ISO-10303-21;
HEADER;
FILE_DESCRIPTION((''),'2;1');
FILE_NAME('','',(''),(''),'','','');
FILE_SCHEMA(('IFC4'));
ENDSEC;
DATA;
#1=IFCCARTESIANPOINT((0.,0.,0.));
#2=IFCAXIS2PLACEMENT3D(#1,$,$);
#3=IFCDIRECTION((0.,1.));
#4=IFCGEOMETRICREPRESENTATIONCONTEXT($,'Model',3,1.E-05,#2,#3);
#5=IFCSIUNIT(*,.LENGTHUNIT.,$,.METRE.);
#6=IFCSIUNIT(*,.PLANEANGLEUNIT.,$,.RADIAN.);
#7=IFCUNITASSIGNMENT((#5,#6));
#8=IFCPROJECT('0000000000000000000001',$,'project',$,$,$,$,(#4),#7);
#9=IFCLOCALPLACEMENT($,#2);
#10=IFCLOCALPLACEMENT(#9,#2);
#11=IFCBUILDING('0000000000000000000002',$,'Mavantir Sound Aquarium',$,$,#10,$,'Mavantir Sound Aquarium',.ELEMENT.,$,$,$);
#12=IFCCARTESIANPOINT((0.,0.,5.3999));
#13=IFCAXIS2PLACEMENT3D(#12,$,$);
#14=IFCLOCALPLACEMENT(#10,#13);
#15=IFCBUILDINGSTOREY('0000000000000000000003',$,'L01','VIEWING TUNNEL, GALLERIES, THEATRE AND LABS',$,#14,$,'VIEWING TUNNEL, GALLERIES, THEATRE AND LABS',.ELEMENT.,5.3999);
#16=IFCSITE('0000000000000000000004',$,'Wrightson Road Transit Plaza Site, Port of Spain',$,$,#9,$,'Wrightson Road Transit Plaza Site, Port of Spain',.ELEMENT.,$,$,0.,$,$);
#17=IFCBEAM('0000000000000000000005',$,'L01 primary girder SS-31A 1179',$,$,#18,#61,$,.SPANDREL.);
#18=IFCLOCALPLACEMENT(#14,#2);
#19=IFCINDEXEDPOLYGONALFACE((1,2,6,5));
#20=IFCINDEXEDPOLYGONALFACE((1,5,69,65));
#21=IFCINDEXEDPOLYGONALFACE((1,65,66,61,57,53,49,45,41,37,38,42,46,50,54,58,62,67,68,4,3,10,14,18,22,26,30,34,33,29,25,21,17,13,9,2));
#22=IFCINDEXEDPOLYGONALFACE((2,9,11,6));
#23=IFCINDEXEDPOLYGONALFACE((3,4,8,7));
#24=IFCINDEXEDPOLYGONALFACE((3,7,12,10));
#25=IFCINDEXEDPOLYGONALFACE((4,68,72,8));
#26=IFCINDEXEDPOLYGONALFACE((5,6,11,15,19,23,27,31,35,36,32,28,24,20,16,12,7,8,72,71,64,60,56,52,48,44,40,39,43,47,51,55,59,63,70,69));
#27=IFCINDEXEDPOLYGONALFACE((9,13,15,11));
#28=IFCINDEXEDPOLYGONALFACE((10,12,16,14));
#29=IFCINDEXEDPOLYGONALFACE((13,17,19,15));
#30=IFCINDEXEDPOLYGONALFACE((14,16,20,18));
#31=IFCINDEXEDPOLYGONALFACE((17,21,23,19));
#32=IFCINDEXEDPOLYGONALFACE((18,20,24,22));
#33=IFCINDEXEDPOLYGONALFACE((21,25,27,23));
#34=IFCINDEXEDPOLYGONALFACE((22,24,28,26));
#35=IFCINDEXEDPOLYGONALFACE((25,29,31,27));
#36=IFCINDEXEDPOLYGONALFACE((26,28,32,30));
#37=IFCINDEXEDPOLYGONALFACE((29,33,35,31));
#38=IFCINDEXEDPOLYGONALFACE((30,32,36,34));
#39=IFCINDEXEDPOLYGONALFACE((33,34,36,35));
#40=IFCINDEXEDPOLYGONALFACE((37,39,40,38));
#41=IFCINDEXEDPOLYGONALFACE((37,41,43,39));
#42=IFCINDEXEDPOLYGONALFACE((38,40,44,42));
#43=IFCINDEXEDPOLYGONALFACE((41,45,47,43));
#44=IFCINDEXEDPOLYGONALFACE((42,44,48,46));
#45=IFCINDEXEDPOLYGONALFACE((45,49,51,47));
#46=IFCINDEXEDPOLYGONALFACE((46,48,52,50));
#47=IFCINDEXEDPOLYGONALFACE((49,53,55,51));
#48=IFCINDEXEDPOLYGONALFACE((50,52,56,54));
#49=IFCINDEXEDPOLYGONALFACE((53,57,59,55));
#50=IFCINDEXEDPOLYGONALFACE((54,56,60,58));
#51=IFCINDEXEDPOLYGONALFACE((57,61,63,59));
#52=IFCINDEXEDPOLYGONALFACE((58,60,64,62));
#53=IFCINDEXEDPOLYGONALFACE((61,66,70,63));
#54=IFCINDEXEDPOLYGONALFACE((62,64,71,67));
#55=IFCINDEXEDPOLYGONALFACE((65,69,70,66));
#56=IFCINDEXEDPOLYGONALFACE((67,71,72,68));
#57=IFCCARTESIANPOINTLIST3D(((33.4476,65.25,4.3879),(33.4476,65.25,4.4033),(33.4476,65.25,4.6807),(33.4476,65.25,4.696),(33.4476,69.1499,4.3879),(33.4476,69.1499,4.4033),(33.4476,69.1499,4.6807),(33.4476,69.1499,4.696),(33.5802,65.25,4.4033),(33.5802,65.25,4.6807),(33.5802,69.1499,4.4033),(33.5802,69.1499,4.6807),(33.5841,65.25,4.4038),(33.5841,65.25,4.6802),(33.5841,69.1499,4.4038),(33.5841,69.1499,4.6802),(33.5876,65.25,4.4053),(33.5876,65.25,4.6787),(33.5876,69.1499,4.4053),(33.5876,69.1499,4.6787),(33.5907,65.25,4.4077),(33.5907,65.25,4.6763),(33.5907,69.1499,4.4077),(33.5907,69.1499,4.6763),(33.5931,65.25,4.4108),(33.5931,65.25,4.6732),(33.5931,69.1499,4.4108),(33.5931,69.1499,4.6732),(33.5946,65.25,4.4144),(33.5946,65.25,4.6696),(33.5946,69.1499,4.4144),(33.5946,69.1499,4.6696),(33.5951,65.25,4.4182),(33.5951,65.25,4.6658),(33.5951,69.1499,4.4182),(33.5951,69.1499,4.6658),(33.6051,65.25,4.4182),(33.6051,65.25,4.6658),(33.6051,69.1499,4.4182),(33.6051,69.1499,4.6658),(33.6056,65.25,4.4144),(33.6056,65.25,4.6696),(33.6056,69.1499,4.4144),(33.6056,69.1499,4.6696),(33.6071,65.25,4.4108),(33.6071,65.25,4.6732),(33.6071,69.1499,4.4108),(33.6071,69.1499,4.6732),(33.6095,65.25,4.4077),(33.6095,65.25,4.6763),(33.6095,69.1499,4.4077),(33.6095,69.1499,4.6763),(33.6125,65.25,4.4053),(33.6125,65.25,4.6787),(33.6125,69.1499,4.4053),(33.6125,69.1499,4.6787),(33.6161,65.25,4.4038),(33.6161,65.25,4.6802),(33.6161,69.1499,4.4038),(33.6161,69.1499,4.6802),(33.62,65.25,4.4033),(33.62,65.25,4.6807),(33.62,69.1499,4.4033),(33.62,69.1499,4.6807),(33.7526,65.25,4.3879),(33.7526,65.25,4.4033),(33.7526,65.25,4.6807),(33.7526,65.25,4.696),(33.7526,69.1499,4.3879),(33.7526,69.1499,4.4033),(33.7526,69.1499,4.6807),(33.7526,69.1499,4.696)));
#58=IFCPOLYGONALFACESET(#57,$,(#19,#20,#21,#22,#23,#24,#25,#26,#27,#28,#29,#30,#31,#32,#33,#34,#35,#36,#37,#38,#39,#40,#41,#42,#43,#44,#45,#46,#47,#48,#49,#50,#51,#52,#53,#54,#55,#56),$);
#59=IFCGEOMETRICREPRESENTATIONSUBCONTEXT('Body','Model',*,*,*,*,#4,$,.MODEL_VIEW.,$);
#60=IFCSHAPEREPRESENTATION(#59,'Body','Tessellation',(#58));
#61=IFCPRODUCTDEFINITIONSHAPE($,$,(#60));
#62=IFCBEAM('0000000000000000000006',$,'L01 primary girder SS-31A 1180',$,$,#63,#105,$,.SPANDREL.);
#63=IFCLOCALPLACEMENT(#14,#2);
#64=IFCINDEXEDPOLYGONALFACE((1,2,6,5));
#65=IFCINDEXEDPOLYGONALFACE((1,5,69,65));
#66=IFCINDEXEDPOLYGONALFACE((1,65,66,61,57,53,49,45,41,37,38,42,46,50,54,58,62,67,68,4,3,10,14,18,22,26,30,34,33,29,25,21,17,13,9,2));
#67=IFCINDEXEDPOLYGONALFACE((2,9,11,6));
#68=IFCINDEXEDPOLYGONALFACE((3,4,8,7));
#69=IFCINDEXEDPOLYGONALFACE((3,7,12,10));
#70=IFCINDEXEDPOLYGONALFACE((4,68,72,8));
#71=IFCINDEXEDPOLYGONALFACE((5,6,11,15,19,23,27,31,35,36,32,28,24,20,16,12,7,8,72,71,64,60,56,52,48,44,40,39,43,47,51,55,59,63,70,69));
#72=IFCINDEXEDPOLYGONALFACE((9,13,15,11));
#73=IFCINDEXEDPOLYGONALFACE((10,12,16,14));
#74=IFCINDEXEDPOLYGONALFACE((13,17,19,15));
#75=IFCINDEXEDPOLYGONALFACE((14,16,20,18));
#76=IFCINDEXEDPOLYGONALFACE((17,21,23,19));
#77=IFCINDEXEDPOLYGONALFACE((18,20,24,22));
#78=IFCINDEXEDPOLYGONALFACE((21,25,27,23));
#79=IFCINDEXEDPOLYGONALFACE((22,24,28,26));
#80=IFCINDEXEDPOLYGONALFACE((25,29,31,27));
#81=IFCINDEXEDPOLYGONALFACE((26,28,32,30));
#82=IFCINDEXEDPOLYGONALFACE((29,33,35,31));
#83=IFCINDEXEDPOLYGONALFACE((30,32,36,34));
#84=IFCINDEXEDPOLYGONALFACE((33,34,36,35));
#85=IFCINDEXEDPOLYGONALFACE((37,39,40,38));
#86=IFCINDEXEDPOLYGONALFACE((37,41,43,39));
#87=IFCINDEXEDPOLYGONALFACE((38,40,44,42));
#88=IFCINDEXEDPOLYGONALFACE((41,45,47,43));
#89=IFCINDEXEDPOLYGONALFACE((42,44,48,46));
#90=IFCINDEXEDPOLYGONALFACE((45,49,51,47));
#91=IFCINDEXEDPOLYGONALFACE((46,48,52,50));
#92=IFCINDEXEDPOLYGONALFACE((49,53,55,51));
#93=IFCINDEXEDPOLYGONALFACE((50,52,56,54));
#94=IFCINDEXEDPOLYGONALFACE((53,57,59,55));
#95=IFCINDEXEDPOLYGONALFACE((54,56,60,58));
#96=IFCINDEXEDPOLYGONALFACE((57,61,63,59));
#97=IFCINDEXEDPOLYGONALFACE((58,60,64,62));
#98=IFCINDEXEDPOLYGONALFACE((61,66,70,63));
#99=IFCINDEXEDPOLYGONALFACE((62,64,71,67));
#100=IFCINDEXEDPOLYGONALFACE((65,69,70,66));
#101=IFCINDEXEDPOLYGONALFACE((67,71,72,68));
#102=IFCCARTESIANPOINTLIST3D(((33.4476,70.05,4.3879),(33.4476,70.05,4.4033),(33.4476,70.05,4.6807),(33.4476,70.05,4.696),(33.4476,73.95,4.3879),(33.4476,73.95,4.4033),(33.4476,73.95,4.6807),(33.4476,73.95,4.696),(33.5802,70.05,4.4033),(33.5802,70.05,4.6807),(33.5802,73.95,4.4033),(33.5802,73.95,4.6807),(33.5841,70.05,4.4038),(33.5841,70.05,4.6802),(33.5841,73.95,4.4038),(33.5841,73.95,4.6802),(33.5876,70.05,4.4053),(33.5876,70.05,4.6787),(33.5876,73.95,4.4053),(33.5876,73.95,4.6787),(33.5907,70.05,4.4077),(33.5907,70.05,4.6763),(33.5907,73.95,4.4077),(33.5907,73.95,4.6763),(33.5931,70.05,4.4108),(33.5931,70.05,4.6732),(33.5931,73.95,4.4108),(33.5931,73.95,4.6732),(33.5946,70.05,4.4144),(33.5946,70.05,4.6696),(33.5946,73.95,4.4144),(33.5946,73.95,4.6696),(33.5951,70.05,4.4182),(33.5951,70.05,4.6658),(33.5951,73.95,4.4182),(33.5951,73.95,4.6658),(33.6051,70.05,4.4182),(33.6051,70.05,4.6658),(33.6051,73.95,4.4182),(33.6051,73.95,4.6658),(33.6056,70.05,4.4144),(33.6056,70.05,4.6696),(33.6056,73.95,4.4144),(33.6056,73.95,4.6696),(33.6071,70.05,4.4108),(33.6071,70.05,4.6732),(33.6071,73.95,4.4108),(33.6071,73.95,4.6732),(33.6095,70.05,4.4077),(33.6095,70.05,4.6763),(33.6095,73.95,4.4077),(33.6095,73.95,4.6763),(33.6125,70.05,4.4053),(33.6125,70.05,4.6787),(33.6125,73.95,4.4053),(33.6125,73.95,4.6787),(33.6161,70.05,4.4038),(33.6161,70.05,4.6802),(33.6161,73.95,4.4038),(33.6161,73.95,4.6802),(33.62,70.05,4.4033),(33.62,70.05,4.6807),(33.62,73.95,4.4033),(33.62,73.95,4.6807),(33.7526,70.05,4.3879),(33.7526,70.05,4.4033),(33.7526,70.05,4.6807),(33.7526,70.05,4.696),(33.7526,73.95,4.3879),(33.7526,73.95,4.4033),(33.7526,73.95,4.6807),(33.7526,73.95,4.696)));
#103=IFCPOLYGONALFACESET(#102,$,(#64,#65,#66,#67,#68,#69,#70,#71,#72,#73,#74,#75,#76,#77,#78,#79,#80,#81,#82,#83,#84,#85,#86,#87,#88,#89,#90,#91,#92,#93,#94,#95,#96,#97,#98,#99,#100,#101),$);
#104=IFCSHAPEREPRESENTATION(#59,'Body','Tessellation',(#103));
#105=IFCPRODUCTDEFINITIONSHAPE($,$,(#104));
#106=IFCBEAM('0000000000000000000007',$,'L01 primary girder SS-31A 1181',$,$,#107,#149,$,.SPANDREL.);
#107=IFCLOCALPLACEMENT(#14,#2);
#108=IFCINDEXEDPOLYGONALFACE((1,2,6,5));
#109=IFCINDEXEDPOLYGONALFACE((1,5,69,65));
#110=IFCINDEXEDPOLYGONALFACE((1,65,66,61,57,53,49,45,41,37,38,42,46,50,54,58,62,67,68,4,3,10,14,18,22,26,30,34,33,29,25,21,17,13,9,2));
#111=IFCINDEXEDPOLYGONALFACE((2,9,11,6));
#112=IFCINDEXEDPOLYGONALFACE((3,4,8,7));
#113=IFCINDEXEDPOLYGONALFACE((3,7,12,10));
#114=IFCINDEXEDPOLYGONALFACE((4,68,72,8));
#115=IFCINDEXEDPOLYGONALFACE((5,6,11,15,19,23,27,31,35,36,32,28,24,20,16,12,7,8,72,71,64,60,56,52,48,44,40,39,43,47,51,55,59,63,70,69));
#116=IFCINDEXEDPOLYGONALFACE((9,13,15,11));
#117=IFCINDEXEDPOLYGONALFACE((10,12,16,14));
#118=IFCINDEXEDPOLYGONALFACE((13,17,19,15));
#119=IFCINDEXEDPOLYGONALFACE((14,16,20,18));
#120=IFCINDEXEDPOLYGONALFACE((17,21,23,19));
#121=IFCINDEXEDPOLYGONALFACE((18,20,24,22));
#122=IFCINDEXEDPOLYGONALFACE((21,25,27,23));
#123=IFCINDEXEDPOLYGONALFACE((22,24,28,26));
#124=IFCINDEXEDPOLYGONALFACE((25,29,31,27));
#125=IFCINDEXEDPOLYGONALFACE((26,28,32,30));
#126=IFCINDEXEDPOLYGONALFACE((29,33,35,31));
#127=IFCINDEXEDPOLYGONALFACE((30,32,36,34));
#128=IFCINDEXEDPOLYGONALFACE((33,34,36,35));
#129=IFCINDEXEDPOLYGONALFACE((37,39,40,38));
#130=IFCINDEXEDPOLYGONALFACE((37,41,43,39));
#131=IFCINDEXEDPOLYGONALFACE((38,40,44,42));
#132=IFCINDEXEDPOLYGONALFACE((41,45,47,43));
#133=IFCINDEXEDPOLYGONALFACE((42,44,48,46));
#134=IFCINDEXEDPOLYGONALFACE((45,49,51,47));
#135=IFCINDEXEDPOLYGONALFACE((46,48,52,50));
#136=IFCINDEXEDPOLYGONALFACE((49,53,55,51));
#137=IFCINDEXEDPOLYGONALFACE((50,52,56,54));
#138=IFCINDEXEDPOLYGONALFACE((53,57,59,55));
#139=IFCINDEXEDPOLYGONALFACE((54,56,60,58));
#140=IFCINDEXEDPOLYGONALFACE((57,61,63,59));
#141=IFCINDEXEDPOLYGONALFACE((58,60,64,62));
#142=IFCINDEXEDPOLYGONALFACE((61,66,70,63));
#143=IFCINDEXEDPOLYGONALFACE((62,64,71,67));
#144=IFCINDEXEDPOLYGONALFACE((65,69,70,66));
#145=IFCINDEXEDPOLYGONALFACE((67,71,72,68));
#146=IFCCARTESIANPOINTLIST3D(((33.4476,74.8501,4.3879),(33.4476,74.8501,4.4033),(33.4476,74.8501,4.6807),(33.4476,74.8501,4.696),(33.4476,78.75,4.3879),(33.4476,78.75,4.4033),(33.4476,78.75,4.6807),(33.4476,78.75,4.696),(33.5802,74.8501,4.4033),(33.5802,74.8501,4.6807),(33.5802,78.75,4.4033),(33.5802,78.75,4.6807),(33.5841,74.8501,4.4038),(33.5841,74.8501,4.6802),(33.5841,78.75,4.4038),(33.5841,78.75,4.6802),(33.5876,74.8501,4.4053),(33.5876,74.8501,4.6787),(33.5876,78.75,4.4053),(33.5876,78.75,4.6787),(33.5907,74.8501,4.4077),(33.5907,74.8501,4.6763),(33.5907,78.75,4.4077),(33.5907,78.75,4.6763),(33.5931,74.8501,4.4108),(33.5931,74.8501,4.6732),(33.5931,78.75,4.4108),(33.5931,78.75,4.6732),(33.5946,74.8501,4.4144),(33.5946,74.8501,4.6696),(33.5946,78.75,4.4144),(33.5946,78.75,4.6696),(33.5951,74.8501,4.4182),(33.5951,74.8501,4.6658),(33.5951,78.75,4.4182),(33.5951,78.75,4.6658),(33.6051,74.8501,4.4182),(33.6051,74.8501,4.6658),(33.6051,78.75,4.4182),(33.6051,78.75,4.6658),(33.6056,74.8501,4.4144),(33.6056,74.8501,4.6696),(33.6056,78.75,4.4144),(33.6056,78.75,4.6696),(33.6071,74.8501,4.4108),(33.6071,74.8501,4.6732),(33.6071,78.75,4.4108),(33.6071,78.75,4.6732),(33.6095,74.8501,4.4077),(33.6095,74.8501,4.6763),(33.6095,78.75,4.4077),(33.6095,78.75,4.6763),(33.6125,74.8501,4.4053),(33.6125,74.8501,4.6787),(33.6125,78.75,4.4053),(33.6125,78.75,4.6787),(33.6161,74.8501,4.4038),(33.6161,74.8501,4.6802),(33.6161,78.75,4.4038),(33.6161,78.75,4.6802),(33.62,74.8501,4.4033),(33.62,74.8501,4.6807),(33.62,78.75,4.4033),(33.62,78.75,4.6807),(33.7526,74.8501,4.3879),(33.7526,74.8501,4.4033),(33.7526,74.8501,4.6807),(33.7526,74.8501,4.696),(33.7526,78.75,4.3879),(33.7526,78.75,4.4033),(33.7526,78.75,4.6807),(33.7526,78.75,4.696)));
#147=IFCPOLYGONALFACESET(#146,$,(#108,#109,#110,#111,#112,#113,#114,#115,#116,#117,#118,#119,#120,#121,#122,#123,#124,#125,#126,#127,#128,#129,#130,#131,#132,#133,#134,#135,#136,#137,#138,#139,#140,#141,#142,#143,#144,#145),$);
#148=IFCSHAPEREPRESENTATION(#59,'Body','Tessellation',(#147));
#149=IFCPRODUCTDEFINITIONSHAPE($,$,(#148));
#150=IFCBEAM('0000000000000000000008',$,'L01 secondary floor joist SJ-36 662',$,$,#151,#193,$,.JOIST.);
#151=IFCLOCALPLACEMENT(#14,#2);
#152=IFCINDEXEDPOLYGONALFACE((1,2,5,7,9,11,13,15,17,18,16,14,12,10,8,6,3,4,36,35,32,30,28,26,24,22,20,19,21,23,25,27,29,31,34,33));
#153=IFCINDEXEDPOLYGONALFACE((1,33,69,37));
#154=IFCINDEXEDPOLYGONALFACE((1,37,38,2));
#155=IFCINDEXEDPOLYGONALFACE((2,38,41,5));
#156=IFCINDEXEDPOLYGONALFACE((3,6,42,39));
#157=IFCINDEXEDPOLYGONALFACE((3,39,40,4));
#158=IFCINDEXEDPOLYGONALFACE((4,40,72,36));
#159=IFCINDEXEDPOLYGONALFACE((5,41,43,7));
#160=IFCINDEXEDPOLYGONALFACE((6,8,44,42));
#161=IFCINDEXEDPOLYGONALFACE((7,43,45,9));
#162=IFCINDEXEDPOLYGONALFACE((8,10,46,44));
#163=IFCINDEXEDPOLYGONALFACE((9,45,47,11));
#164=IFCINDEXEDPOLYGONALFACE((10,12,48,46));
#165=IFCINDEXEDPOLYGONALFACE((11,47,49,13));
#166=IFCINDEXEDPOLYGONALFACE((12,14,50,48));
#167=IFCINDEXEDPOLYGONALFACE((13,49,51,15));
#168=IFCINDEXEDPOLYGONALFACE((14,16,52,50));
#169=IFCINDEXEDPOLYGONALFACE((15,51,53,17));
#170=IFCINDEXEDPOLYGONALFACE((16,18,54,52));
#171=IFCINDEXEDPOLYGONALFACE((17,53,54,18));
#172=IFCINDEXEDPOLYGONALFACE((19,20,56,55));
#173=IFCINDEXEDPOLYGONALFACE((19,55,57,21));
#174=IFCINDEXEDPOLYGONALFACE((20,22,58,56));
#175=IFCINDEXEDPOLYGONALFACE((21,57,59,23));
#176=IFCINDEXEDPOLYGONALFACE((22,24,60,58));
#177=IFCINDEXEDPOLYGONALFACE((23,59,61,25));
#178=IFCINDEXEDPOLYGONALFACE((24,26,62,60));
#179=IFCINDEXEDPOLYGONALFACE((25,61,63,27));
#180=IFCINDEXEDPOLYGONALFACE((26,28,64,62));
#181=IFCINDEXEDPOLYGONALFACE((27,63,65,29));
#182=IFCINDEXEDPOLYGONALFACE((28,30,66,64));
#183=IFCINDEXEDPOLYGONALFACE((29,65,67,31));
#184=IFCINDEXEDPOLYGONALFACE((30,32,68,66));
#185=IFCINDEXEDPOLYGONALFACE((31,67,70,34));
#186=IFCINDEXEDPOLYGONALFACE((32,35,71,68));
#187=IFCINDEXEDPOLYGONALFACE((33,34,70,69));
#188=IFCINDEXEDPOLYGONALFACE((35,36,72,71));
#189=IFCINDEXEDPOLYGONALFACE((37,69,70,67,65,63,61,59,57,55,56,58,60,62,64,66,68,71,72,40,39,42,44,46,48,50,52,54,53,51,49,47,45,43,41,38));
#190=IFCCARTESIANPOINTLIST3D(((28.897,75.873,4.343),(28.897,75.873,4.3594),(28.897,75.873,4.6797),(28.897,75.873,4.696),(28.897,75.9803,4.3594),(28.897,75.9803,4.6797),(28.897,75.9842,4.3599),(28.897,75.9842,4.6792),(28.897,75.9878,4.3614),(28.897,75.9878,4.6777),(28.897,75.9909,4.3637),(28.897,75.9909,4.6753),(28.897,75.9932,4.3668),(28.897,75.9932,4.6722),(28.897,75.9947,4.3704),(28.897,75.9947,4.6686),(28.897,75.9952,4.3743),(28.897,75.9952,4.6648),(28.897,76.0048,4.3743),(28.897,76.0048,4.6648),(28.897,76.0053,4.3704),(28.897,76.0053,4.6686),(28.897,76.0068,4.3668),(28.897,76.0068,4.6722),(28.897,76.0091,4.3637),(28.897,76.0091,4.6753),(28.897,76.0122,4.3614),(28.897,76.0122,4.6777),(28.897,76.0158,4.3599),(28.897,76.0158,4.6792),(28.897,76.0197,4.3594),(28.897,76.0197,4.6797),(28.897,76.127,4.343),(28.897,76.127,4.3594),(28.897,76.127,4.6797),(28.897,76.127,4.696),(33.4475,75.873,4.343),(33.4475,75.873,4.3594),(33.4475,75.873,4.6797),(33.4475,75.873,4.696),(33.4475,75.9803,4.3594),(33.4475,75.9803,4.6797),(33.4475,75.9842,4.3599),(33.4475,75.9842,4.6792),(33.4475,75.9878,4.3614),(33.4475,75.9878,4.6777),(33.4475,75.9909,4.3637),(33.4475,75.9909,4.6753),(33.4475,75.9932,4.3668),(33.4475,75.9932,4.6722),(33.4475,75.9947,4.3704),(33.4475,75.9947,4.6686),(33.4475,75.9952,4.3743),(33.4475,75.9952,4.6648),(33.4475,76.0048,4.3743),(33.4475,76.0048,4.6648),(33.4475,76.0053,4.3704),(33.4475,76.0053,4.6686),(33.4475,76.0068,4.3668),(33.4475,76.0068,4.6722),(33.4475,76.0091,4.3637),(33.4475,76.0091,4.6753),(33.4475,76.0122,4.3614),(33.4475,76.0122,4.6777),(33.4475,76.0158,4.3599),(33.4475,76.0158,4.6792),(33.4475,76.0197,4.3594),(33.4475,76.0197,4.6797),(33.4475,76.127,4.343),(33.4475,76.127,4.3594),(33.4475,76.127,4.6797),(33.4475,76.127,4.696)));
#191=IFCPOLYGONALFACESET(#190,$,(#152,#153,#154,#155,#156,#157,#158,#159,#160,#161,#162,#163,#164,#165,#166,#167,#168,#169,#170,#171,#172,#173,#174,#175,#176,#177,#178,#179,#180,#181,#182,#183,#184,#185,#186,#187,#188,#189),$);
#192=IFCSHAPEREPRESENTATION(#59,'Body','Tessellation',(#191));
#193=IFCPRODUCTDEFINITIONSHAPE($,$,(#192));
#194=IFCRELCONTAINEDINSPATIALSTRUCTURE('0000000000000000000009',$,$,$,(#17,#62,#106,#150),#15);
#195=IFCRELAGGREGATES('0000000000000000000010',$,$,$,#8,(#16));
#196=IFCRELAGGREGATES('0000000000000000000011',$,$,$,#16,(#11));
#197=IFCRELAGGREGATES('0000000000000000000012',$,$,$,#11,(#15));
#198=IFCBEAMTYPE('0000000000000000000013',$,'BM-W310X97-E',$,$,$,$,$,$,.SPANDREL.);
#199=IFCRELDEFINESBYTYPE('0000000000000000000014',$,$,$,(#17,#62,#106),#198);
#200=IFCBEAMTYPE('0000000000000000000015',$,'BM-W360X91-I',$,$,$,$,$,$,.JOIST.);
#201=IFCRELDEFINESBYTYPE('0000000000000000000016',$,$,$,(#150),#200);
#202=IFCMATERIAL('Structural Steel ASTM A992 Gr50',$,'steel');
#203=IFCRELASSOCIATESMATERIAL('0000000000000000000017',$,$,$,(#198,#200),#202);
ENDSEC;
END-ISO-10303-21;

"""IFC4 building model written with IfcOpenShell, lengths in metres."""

from ifc_helpers import new_model, si_unit, direction, frame, origin, origin_2d, place, context, subcontext, project, spatial, i_section, extrude, material, material_profile, profile_set, type_object, element, save


model = new_model("IFC4")

# Units and contexts
model_context = context("Model", 3, precision=1e-05, world=origin(), true_north=direction((0.0, 1.0)))
body_context = subcontext(model_context, "Body", "Model", "MODEL_VIEW")
ifc_project = project(units=[si_unit("LENGTHUNIT", "METRE"), si_unit("PLANEANGLEUNIT", "RADIAN")], contexts=[model_context])

# Site, building, storey
site_placement = place(None, origin())
site = spatial("IfcSite", under=ifc_project, at=site_placement, Name="Wrightson Road Transit Plaza Site, Port of Spain", LongName="Wrightson Road Transit Plaza Site, Port of Spain", CompositionType="ELEMENT", RefElevation=0.0)
building_placement = place(site_placement, origin())
building = spatial("IfcBuilding", under=site, at=building_placement, Name="Mavantir Sound Aquarium", LongName="Mavantir Sound Aquarium", CompositionType="ELEMENT")
storey_placement = place(building_placement, frame((0.0, 0.0, 5.3999)))
storey = spatial("IfcBuildingStorey", under=building, at=storey_placement, Name="L01", Description="VIEWING TUNNEL, GALLERIES, THEATRE AND LABS", LongName="VIEWING TUNNEL, GALLERIES, THEATRE AND LABS", CompositionType="ELEMENT", Elevation=5.3999)

# Beams
ifc_material_1 = material(Name="Structural Steel ASTM A992 Gr50", Category="steel")
ifc_material_profile_1 = material_profile(ifc_material_1, i_section(OverallWidth=0.3049, OverallDepth=0.3081, WebThickness=0.01, FlangeThickness=0.0154, FilletRadius=0.0149, at=origin_2d()), Name="W310X97")
ifc_profile_set_1 = profile_set([ifc_material_profile_1], Name="Structural Steel ASTM A992 Gr50")
beam_type_1 = type_object("IfcBeamType", Name="BM-W310X97-E", PredefinedType="SPANDREL", material=ifc_profile_set_1)
for number, where, z_axis, x_axis, name in (
    (1, (33.6001, 65.25, 4.542), (0.0, 1.0, 0.0), (-1.0, 0.0, 0.0), "L01 primary girder SS-31A 1179"),
    (2, (33.6001, 70.05, 4.542), (0.0, 1.0, 0.0), (-1.0, 0.0, 0.0), "L01 primary girder SS-31A 1180"),
    (3, (33.6001, 74.8501, 4.542), (0.0, 1.0, 0.0), (-1.0, 0.0, 0.0), "L01 primary girder SS-31A 1181"),
):
    element("IfcBeam", number, at=place(storey_placement, frame(where, z_axis=z_axis, x_axis=x_axis)), inside=storey, type_object=beam_type_1, Name=name, PredefinedType="SPANDREL", context=body_context, shape_type="SweptSolid", body=[
        extrude(i_section(OverallWidth=0.3049, OverallDepth=0.3081, WebThickness=0.01, FlangeThickness=0.0154, FilletRadius=0.0149, at=origin_2d()), origin(), (0.0, 0.0, 1.0), 3.8999),
    ])
ifc_material_profile_2 = material_profile(ifc_material_1, i_section(OverallWidth=0.2539, OverallDepth=0.353, WebThickness=0.0095, FlangeThickness=0.0164, FilletRadius=0.0149, at=origin_2d()), Name="W360X91")
ifc_profile_set_2 = profile_set([ifc_material_profile_2], Name="Structural Steel ASTM A992 Gr50")
beam_type_2 = type_object("IfcBeamType", Name="BM-W360X91-I", PredefinedType="JOIST", material=ifc_profile_set_2)
beam_1_placement = place(storey_placement, frame((28.897, 76.0, 4.5195), z_axis=(1.0, 0.0, 0.0), x_axis=(0.0, 1.0, 0.0)))
element("IfcBeam", 4, at=beam_1_placement, inside=storey, type_object=beam_type_2, Name="L01 secondary floor joist SJ-36 662", PredefinedType="JOIST", context=body_context, shape_type="SweptSolid", body=[
    extrude(i_section(OverallWidth=0.2539, OverallDepth=0.353, WebThickness=0.0095, FlangeThickness=0.0164, FilletRadius=0.0149, at=origin_2d()), origin(), (0.0, 0.0, 1.0), 4.5505),
])

save(model, "model.ifc")
